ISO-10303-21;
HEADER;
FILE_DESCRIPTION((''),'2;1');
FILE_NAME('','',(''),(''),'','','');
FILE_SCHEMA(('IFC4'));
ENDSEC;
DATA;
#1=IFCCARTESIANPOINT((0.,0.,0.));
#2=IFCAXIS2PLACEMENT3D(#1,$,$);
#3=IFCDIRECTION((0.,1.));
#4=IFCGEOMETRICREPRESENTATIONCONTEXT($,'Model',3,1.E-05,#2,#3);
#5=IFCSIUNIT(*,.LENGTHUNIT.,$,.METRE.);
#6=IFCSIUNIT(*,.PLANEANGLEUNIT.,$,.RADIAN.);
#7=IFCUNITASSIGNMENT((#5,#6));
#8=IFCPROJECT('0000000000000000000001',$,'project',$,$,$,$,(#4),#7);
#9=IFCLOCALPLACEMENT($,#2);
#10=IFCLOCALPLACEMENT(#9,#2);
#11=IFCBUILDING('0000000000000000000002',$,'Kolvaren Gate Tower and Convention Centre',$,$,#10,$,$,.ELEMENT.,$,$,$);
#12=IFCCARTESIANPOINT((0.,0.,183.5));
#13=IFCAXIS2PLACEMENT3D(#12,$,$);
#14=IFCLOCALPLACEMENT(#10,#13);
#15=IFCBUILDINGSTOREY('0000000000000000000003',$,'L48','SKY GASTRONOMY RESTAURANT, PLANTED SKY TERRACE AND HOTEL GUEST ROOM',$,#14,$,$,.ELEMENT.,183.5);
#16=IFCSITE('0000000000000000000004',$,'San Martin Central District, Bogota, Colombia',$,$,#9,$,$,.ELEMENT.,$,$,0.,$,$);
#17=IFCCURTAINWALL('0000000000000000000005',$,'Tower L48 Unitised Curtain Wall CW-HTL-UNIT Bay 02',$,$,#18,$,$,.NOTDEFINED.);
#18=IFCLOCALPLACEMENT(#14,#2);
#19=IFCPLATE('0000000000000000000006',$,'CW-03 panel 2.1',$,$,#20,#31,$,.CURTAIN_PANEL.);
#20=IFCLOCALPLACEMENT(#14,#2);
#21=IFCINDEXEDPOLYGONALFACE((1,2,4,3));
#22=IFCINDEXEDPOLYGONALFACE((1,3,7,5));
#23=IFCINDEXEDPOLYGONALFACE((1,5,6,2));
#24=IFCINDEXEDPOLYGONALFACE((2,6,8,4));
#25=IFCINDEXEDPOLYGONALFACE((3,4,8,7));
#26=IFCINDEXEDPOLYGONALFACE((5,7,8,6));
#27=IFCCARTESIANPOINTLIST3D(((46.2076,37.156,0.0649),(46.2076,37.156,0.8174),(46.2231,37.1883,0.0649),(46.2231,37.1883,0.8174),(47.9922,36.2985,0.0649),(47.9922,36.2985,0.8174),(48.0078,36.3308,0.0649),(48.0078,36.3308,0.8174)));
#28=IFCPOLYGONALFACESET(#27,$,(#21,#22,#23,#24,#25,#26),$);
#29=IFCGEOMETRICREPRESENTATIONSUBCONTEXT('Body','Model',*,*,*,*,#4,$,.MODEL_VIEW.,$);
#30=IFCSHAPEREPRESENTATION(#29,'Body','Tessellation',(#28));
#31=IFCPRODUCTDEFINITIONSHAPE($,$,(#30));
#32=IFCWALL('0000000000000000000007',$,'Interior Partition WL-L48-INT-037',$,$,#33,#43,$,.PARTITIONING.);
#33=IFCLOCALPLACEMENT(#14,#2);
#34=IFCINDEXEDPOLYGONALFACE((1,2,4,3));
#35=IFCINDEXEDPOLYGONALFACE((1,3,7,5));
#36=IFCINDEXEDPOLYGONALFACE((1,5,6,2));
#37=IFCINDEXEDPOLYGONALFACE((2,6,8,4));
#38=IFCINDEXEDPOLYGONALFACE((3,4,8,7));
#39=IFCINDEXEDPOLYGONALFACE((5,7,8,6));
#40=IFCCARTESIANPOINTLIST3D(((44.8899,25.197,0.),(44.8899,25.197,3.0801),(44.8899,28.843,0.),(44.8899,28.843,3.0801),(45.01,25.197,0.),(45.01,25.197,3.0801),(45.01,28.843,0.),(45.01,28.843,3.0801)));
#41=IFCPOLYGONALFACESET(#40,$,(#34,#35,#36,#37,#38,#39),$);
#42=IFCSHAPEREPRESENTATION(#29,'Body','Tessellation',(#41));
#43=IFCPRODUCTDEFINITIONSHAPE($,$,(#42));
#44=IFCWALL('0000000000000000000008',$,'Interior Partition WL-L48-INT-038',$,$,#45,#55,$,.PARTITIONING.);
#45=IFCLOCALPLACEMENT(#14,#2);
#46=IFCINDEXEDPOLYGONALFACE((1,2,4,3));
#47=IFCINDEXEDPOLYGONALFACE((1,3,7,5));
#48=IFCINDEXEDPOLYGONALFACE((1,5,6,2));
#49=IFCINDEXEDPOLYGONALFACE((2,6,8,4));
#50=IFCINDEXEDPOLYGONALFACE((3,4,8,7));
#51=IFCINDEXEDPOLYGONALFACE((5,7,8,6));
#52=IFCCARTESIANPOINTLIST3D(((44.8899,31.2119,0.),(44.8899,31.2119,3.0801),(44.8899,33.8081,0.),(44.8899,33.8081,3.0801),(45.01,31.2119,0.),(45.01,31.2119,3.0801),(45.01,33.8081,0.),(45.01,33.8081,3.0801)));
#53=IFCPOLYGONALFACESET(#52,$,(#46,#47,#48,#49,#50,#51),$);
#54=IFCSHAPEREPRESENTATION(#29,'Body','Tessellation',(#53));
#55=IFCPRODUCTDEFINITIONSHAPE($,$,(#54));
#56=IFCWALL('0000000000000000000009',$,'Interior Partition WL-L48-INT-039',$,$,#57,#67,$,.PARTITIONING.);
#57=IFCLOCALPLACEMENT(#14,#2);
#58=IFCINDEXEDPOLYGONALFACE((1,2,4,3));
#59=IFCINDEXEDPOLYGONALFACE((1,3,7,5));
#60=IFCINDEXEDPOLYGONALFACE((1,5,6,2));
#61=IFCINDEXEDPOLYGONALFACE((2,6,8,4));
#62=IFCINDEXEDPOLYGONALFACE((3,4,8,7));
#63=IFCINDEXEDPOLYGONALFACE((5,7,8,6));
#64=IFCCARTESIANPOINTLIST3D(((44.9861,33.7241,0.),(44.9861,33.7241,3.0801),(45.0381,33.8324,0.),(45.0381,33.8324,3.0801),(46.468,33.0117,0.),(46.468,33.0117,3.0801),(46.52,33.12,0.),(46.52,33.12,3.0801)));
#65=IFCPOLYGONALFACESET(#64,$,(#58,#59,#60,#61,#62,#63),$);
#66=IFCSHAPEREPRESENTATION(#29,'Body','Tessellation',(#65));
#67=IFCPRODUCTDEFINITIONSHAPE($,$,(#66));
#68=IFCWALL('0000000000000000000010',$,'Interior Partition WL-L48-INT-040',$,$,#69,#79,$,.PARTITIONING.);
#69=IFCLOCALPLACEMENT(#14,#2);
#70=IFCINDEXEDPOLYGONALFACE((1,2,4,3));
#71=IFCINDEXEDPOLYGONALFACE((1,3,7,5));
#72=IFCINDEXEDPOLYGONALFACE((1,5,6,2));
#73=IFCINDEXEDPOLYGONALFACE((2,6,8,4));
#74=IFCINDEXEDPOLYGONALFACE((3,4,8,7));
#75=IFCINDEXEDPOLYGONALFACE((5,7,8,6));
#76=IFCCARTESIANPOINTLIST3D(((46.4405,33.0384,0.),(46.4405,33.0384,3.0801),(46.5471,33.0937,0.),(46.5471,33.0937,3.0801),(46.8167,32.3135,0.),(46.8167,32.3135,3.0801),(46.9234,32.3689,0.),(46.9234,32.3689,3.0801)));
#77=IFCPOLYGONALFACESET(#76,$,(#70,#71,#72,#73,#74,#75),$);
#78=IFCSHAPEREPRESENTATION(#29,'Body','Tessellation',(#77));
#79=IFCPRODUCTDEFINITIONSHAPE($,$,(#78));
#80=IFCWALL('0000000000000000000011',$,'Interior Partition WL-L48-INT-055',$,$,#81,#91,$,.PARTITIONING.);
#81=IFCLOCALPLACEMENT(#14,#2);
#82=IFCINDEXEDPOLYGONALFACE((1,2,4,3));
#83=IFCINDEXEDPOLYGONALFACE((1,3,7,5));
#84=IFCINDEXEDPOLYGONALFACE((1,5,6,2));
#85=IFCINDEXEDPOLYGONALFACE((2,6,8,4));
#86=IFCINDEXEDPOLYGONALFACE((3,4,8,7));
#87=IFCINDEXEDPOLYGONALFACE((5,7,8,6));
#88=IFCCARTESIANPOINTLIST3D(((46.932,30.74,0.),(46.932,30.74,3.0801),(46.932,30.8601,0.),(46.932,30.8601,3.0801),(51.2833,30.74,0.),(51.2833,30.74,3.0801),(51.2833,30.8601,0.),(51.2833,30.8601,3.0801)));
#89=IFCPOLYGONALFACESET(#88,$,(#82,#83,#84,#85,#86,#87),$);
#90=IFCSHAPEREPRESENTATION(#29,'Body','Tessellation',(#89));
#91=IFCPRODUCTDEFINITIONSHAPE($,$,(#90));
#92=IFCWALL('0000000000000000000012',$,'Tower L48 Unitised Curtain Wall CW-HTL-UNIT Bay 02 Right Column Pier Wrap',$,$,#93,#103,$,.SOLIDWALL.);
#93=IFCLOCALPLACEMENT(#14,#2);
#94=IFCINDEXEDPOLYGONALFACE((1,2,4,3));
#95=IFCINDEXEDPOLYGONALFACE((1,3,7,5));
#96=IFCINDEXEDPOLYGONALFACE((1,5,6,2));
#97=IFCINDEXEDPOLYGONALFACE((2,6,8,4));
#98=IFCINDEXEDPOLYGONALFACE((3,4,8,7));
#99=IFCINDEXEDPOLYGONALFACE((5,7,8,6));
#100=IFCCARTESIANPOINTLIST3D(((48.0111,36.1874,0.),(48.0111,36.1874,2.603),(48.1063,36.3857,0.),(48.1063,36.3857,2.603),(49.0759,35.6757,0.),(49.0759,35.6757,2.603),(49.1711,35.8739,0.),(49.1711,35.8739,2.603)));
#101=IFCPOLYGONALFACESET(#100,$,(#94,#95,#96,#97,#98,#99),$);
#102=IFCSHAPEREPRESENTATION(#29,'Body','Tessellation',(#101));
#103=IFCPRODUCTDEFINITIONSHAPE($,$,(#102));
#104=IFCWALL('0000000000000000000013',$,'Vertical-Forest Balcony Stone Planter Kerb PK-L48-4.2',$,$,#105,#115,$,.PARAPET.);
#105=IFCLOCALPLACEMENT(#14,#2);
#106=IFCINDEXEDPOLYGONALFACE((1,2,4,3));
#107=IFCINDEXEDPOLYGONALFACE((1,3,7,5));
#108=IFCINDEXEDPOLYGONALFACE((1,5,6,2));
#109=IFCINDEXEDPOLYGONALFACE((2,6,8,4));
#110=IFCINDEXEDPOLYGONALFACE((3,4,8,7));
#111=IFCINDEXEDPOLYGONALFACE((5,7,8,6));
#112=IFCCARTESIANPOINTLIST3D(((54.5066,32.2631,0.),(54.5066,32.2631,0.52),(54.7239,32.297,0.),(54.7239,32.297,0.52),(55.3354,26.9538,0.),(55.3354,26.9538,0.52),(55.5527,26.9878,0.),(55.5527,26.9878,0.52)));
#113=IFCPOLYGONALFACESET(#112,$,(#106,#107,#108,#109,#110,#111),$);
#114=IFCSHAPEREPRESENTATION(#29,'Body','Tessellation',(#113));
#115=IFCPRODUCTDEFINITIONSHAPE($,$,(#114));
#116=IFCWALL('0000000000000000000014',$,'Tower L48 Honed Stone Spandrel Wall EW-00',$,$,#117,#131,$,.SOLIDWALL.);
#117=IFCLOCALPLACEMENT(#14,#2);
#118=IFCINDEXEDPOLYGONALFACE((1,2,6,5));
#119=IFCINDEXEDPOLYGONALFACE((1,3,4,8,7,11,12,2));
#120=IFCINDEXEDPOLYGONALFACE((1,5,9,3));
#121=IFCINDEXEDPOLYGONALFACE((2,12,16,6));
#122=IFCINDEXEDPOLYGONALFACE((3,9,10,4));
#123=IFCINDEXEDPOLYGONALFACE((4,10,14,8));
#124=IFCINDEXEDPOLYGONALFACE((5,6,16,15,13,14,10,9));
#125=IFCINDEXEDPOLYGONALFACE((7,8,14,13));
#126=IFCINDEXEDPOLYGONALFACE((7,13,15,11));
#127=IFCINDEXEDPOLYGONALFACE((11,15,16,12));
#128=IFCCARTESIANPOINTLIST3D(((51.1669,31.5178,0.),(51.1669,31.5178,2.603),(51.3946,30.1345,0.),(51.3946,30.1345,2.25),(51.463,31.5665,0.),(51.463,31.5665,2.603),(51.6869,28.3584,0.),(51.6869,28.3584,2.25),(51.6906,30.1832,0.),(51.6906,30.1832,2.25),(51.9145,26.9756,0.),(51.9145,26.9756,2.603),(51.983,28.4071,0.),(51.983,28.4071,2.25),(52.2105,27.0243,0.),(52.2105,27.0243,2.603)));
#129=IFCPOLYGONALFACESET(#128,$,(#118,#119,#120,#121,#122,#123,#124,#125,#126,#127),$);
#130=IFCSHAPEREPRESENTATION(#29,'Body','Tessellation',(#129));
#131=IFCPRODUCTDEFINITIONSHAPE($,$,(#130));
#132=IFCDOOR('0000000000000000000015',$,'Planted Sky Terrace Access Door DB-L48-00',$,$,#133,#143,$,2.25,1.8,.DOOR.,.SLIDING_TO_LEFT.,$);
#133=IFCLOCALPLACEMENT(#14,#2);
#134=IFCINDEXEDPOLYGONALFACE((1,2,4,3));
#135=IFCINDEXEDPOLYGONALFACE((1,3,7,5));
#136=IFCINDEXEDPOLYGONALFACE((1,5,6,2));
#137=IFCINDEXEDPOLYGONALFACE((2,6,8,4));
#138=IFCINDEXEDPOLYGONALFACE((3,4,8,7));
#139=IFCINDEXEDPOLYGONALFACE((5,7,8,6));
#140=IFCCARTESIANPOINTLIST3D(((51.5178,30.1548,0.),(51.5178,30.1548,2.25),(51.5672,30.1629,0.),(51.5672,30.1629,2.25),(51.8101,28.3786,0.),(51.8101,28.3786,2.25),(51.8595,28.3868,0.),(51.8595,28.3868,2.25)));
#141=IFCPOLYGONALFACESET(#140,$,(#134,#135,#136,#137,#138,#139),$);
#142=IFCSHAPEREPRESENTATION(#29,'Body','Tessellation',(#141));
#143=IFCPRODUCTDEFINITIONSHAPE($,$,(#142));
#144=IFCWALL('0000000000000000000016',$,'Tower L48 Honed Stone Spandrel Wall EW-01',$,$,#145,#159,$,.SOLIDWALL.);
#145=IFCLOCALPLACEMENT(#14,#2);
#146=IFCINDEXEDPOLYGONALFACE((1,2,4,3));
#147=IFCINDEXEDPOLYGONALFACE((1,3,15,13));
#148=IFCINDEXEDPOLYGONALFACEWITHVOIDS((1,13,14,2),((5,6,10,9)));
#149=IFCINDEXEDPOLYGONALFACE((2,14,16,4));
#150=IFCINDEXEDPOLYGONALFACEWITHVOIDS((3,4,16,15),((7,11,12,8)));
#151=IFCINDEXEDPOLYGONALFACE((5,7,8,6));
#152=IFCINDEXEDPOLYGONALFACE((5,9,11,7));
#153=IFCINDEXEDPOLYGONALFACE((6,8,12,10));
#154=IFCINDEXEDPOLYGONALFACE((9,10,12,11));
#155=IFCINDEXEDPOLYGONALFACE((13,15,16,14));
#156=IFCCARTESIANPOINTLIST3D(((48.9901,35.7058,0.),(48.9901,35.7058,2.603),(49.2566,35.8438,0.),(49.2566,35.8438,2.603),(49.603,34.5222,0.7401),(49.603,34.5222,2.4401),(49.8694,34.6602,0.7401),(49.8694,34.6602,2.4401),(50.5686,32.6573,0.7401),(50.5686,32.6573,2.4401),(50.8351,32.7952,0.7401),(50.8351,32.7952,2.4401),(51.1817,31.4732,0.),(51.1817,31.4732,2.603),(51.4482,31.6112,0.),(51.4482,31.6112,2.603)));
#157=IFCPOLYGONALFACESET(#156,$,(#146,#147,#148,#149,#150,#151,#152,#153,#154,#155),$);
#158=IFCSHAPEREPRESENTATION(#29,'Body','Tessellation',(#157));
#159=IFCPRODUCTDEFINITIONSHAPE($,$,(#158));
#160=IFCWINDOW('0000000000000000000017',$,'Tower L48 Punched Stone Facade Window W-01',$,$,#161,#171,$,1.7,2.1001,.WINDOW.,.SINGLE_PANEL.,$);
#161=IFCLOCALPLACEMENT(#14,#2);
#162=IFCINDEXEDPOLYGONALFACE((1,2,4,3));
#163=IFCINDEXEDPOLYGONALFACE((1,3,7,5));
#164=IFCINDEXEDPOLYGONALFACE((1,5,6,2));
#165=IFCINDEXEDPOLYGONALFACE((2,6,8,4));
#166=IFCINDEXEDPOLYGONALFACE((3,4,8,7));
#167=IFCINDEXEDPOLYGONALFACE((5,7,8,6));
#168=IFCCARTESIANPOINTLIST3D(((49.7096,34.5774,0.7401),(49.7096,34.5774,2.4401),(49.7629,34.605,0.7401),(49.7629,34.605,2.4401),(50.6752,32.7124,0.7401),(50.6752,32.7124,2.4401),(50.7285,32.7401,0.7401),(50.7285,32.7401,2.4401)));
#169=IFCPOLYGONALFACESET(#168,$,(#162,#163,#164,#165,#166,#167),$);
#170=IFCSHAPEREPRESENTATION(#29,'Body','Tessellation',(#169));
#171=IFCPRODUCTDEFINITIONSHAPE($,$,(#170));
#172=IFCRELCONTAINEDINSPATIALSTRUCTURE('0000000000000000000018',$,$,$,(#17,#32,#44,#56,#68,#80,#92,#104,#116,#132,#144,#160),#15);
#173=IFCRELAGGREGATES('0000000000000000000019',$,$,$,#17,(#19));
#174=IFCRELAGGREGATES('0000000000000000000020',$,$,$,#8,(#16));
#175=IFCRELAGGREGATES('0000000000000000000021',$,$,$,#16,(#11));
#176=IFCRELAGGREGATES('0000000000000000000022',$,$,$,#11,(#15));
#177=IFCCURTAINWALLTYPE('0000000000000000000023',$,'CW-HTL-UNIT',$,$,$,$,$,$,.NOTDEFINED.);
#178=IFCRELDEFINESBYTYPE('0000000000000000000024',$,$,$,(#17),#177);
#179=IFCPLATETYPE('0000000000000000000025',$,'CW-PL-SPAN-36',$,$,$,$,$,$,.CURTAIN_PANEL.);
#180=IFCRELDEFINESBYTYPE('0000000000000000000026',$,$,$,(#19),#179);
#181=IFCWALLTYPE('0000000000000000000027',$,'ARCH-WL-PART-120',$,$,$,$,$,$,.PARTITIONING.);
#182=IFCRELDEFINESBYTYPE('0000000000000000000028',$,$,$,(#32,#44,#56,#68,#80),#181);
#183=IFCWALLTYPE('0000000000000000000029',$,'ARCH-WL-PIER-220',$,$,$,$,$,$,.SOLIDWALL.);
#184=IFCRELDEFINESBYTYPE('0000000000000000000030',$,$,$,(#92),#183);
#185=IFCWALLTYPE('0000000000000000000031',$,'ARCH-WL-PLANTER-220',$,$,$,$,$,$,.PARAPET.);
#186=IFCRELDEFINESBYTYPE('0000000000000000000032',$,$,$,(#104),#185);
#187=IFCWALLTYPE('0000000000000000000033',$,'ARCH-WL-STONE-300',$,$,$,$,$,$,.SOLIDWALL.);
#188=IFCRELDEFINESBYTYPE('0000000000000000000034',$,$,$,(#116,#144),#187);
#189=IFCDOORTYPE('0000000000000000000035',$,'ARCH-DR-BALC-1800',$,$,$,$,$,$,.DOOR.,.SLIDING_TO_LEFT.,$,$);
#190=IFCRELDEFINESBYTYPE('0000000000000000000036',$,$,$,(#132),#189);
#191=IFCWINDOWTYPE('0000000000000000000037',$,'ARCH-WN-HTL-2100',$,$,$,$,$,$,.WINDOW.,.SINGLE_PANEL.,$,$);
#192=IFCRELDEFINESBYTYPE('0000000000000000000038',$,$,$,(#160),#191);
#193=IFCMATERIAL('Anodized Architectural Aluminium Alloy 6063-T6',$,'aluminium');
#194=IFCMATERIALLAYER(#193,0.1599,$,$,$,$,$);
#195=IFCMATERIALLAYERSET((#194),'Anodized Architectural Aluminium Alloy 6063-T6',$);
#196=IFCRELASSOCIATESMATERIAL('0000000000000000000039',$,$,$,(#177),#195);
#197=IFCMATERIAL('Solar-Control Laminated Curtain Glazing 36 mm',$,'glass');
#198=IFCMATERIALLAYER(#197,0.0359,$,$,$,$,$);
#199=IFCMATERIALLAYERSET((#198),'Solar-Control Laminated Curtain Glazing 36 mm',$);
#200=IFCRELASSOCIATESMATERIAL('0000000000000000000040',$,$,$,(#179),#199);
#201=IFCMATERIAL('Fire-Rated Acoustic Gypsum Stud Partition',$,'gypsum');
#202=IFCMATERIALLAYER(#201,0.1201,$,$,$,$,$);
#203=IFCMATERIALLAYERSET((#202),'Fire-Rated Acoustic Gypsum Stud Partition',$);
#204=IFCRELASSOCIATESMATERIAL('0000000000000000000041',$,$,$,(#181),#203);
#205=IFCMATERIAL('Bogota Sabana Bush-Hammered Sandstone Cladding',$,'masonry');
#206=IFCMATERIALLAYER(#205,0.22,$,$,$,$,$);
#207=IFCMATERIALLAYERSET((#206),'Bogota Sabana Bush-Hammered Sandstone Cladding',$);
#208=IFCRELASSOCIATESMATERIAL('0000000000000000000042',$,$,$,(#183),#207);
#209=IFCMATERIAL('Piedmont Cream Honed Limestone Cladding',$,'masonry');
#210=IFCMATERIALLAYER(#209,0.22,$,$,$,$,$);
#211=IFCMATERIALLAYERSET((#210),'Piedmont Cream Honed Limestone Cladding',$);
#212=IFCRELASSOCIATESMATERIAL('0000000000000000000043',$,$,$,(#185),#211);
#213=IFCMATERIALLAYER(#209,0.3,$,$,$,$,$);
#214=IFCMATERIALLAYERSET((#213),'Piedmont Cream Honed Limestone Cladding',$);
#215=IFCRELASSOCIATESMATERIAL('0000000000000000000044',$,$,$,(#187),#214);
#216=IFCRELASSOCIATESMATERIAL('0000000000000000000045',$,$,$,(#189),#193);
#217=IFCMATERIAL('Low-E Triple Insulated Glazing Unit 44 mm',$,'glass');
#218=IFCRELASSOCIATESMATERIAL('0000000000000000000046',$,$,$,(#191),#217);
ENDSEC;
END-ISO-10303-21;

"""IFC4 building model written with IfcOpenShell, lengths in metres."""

from ifc_helpers import new_model, si_unit, direction, frame, frame_2d, origin, origin_2d, place, context, subcontext, project, spatial, rectangle, extrude, material, layer, layer_set, type_object, element, fill, aggregate, save


model = new_model("IFC4")

# Units and contexts
model_context = context("Model", 3, precision=1e-05, world=origin(), true_north=direction((0.0, 1.0)))
body_context = subcontext(model_context, "Body", "Model", "MODEL_VIEW")
ifc_project = project(units=[si_unit("LENGTHUNIT", "METRE"), si_unit("PLANEANGLEUNIT", "RADIAN")], contexts=[model_context])

# Site, building, storey
site_placement = place(None, origin())
site = spatial("IfcSite", under=ifc_project, at=site_placement, Name="San Martin Central District, Bogota, Colombia", CompositionType="ELEMENT", RefElevation=0.0)
building_placement = place(site_placement, origin())
building = spatial("IfcBuilding", under=site, at=building_placement, Name="Kolvaren Gate Tower and Convention Centre", CompositionType="ELEMENT")
storey_placement = place(building_placement, frame((0.0, 0.0, 183.5)))
storey = spatial("IfcBuildingStorey", under=building, at=storey_placement, Name="L48", Description="SKY GASTRONOMY RESTAURANT, PLANTED SKY TERRACE AND HOTEL GUEST ROOM", CompositionType="ELEMENT", Elevation=183.5)

# Curtain wall
ifc_material_1 = material(Name="Anodized Architectural Aluminium Alloy 6063-T6", Category="aluminium")
ifc_layer_1 = layer(ifc_material_1, 0.1599)
ifc_layer_set_1 = layer_set([ifc_layer_1], Name="Anodized Architectural Aluminium Alloy 6063-T6")
curtain_wall_type = type_object("IfcCurtainWallType", Name="CW-HTL-UNIT", PredefinedType="NOTDEFINED", material=ifc_layer_set_1)
curtain_wall_placement = place(storey_placement, origin())
curtain_wall = element("IfcCurtainWall", 1, at=curtain_wall_placement, inside=storey, type_object=curtain_wall_type, Name="Tower L48 Unitised Curtain Wall CW-HTL-UNIT Bay 02", PredefinedType="NOTDEFINED")

# Plate
ifc_material_2 = material(Name="Low-E Triple Insulated Glazing Unit 44 mm", Category="glass")
ifc_material_3 = material(Name="Solar-Control Laminated Curtain Glazing 36 mm", Category="glass")
ifc_layer_2 = layer(ifc_material_3, 0.0359)
ifc_layer_set_2 = layer_set([ifc_layer_2], Name="Solar-Control Laminated Curtain Glazing 36 mm")
plate_type_1 = type_object("IfcPlateType", Name="CW-PL-SPAN-36", PredefinedType="CURTAIN_PANEL", material=ifc_layer_set_2)
plate_1_placement = place(storey_placement, frame((47.1077, 36.7434, 0.0649), z_axis=(0.0, 0.0, 1.0), x_axis=(0.901358, -0.433074, 0.0)))
plate_1 = element("IfcPlate", 2, at=plate_1_placement, type_object=plate_type_1, Name="CW-03 panel 2.1", PredefinedType="CURTAIN_PANEL", context=body_context, shape_type="SweptSolid", body=[
    extrude(rectangle(XDim=1.98, YDim=0.0359, at=origin_2d()), origin(), (0.0, 0.0, 1.0), 0.7524),
])
aggregate(curtain_wall, [plate_1])

# Walls
ifc_material_4 = material(Name="Fire-Rated Acoustic Gypsum Stud Partition", Category="gypsum")
ifc_layer_3 = layer(ifc_material_4, 0.1201)
ifc_layer_set_3 = layer_set([ifc_layer_3], Name="Fire-Rated Acoustic Gypsum Stud Partition")
wall_type_1 = type_object("IfcWallType", Name="ARCH-WL-PART-120", PredefinedType="PARTITIONING", material=ifc_layer_set_3)
wall_1_placement = place(storey_placement, frame((44.95, 25.197, 0.0), z_axis=(0.0, 0.0, 1.0), x_axis=(0.0, 1.0, 0.0)))
element("IfcWall", 3, at=wall_1_placement, inside=storey, type_object=wall_type_1, Name="Interior Partition WL-L48-INT-037", PredefinedType="PARTITIONING", context=body_context, shape_type="SweptSolid", body=[
    extrude(rectangle(XDim=3.646, YDim=0.1201, at=frame_2d((1.823, 0.0))), origin(), (0.0, 0.0, 1.0), 3.0801),
])
wall_2_placement = place(storey_placement, frame((44.95, 31.2119, 0.0), z_axis=(0.0, 0.0, 1.0), x_axis=(0.0, 1.0, 0.0)))
element("IfcWall", 4, at=wall_2_placement, inside=storey, type_object=wall_type_1, Name="Interior Partition WL-L48-INT-038", PredefinedType="PARTITIONING", context=body_context, shape_type="SweptSolid", body=[
    extrude(rectangle(XDim=2.5962, YDim=0.1201, at=frame_2d((1.2981, 0.0))), origin(), (0.0, 0.0, 1.0), 3.0801),
])
wall_3_placement = place(storey_placement, frame((45.012, 33.7783, 0.0), z_axis=(0.0, 0.0, 1.0), x_axis=(0.901268, -0.433262, 0.0)))
element("IfcWall", 5, at=wall_3_placement, inside=storey, type_object=wall_type_1, Name="Interior Partition WL-L48-INT-039", PredefinedType="PARTITIONING", context=body_context, shape_type="SweptSolid", body=[
    extrude(rectangle(XDim=1.6443, YDim=0.1201, at=frame_2d((0.8223, 0.0))), origin(), (0.0, 0.0, 1.0), 3.0801),
])
wall_4_placement = place(storey_placement, frame((46.4939, 33.0659, 0.0), z_axis=(0.0, 0.0, 1.0), x_axis=(0.460675, -0.887569, 0.0)))
element("IfcWall", 6, at=wall_4_placement, inside=storey, type_object=wall_type_1, Name="Interior Partition WL-L48-INT-040", PredefinedType="PARTITIONING", context=body_context, shape_type="SweptSolid", body=[
    extrude(rectangle(XDim=0.8167, YDim=0.1201, at=frame_2d((0.4082, 0.0))), origin(), (0.0, 0.0, 1.0), 3.0801),
])
wall_5_placement = place(storey_placement, frame((46.9319, 30.8, 0.0), z_axis=(0.0, 0.0, 1.0), x_axis=(1.0, 0.0, 0.0)))
element("IfcWall", 7, at=wall_5_placement, inside=storey, type_object=wall_type_1, Name="Interior Partition WL-L48-INT-055", PredefinedType="PARTITIONING", context=body_context, shape_type="SweptSolid", body=[
    extrude(rectangle(XDim=4.3513, YDim=0.1201, at=frame_2d((2.1758, 0.0))), origin(), (0.0, 0.0, 1.0), 3.0801),
])
ifc_material_5 = material(Name="Bogota Sabana Bush-Hammered Sandstone Cladding", Category="masonry")
ifc_layer_4 = layer(ifc_material_5, 0.22)
ifc_layer_set_4 = layer_set([ifc_layer_4], Name="Bogota Sabana Bush-Hammered Sandstone Cladding")
wall_type_2 = type_object("IfcWallType", Name="ARCH-WL-PIER-220", PredefinedType="SOLIDWALL", material=ifc_layer_set_4)
wall_6_placement = place(storey_placement, frame((48.0586, 36.2866, 0.0), z_axis=(0.0, 0.0, 1.0), x_axis=(0.901304, -0.433188, 0.0)))
element("IfcWall", 8, at=wall_6_placement, inside=storey, type_object=wall_type_2, Name="Tower L48 Unitised Curtain Wall CW-HTL-UNIT Bay 02 Right Column Pier Wrap", PredefinedType="SOLIDWALL", context=body_context, shape_type="SweptSolid", body=[
    extrude(rectangle(XDim=1.1814, YDim=0.22, at=frame_2d((0.5908, 0.0))), origin(), (0.0, 0.0, 1.0), 2.603),
])
ifc_material_6 = material(Name="Piedmont Cream Honed Limestone Cladding", Category="masonry")
ifc_layer_5 = layer(ifc_material_6, 0.22)
ifc_layer_set_5 = layer_set([ifc_layer_5], Name="Piedmont Cream Honed Limestone Cladding")
wall_type_3 = type_object("IfcWallType", Name="ARCH-WL-PLANTER-220", PredefinedType="PARAPET", material=ifc_layer_set_5)
wall_7_placement = place(storey_placement, frame((54.6152, 32.28, 0.0), z_axis=(0.0, 0.0, 1.0), x_axis=(0.154245, -0.988033, 0.0)))
element("IfcWall", 9, at=wall_7_placement, inside=storey, type_object=wall_type_3, Name="Vertical-Forest Balcony Stone Planter Kerb PK-L48-4.2", PredefinedType="PARAPET", context=body_context, shape_type="SweptSolid", body=[
    extrude(rectangle(XDim=5.3735, YDim=0.22, at=frame_2d((2.6868, 0.0))), origin(), (0.0, 0.0, 1.0), 0.52),
])

# Wall, opening, door
ifc_layer_6 = layer(ifc_material_6, 0.3)
ifc_layer_set_6 = layer_set([ifc_layer_6], Name="Piedmont Cream Honed Limestone Cladding")
wall_type_4 = type_object("IfcWallType", Name="ARCH-WL-STONE-300", PredefinedType="SOLIDWALL", material=ifc_layer_set_6)
wall_8_placement = place(storey_placement, frame((51.3149, 31.5422, 0.0), z_axis=(0.0, 0.0, 1.0), x_axis=(0.162395, -0.986726, 0.0)))
wall_8 = element("IfcWall", 10, at=wall_8_placement, inside=storey, type_object=wall_type_4, Name="Tower L48 Honed Stone Spandrel Wall EW-00", PredefinedType="SOLIDWALL", context=body_context, shape_type="SweptSolid", body=[
    extrude(rectangle(XDim=4.6033, YDim=0.3, at=frame_2d((2.3018, 0.0))), origin(), (0.0, 0.0, 1.0), 2.603),
])
opening_1_placement = place(wall_8_placement, frame((1.4021, 0.0, 0.0)))
opening_1 = element("IfcOpeningElement", 11, at=opening_1_placement, cuts=wall_8, PredefinedType="OPENING", context=body_context, shape_type="SweptSolid", body=[
    extrude(rectangle(XDim=1.8, YDim=2.25, at=frame_2d((0.8999, 1.125))), frame((0.0, 0.1599, 0.0), z_axis=(0.0, -1.0, 0.0), x_axis=(1.0, 0.0, 0.0)), (0.0, 0.0, 1.0), 0.3201),
])
door_type = type_object("IfcDoorType", Name="ARCH-DR-BALC-1800", OperationType="SLIDING_TO_LEFT", PredefinedType="DOOR", material=ifc_material_1)
door_placement = place(opening_1_placement, origin())
door = element("IfcDoor", 12, at=door_placement, inside=storey, type_object=door_type, Name="Planted Sky Terrace Access Door DB-L48-00", OperationType="SLIDING_TO_LEFT", OverallHeight=2.25, OverallWidth=1.8, PredefinedType="DOOR", context=body_context, shape_type="SweptSolid", body=[
    extrude(rectangle(XDim=1.8, YDim=2.25, at=frame_2d((0.8999, 1.125))), frame((0.0, 0.0249, 0.0), z_axis=(0.0, -1.0, 0.0), x_axis=(1.0, 0.0, 0.0)), (0.0, 0.0, 1.0), 0.05),
])
fill(opening_1, door)

# Wall, opening, window
wall_9_placement = place(storey_placement, frame((49.1233, 35.7749, 0.0), z_axis=(0.0, 0.0, 1.0), x_axis=(0.45981, -0.888017, 0.0)))
wall_9 = element("IfcWall", 13, at=wall_9_placement, inside=storey, type_object=wall_type_4, Name="Tower L48 Honed Stone Spandrel Wall EW-01", PredefinedType="SOLIDWALL", context=body_context, shape_type="SweptSolid", body=[
    extrude(rectangle(XDim=4.7664, YDim=0.3, at=frame_2d((2.3833, 0.0))), origin(), (0.0, 0.0, 1.0), 2.603),
])
opening_2_placement = place(wall_9_placement, frame((1.333, 0.0, 0.74)))
opening_2 = element("IfcOpeningElement", 14, at=opening_2_placement, cuts=wall_9, PredefinedType="OPENING", context=body_context, shape_type="SweptSolid", body=[
    extrude(rectangle(XDim=2.1001, YDim=1.7, at=frame_2d((1.05, 0.8501))), frame((0.0, 0.1599, 0.0), z_axis=(0.0, -1.0, 0.0), x_axis=(1.0, 0.0, 0.0)), (0.0, 0.0, 1.0), 0.3201),
])
window_type = type_object("IfcWindowType", Name="ARCH-WN-HTL-2100", PartitioningType="SINGLE_PANEL", PredefinedType="WINDOW", material=ifc_material_2)
window_placement = place(opening_2_placement, origin())
window = element("IfcWindow", 15, at=window_placement, inside=storey, type_object=window_type, Name="Tower L48 Punched Stone Facade Window W-01", OverallHeight=1.7, OverallWidth=2.1001, PartitioningType="SINGLE_PANEL", PredefinedType="WINDOW", context=body_context, shape_type="SweptSolid", body=[
    extrude(rectangle(XDim=2.1001, YDim=1.7, at=frame_2d((1.05, 0.8501))), frame((0.0, 0.03, 0.0), z_axis=(0.0, -1.0, 0.0), x_axis=(1.0, 0.0, 0.0)), (0.0, 0.0, 1.0), 0.0601),
])
fill(opening_2, window)

save(model, "model.ifc")
